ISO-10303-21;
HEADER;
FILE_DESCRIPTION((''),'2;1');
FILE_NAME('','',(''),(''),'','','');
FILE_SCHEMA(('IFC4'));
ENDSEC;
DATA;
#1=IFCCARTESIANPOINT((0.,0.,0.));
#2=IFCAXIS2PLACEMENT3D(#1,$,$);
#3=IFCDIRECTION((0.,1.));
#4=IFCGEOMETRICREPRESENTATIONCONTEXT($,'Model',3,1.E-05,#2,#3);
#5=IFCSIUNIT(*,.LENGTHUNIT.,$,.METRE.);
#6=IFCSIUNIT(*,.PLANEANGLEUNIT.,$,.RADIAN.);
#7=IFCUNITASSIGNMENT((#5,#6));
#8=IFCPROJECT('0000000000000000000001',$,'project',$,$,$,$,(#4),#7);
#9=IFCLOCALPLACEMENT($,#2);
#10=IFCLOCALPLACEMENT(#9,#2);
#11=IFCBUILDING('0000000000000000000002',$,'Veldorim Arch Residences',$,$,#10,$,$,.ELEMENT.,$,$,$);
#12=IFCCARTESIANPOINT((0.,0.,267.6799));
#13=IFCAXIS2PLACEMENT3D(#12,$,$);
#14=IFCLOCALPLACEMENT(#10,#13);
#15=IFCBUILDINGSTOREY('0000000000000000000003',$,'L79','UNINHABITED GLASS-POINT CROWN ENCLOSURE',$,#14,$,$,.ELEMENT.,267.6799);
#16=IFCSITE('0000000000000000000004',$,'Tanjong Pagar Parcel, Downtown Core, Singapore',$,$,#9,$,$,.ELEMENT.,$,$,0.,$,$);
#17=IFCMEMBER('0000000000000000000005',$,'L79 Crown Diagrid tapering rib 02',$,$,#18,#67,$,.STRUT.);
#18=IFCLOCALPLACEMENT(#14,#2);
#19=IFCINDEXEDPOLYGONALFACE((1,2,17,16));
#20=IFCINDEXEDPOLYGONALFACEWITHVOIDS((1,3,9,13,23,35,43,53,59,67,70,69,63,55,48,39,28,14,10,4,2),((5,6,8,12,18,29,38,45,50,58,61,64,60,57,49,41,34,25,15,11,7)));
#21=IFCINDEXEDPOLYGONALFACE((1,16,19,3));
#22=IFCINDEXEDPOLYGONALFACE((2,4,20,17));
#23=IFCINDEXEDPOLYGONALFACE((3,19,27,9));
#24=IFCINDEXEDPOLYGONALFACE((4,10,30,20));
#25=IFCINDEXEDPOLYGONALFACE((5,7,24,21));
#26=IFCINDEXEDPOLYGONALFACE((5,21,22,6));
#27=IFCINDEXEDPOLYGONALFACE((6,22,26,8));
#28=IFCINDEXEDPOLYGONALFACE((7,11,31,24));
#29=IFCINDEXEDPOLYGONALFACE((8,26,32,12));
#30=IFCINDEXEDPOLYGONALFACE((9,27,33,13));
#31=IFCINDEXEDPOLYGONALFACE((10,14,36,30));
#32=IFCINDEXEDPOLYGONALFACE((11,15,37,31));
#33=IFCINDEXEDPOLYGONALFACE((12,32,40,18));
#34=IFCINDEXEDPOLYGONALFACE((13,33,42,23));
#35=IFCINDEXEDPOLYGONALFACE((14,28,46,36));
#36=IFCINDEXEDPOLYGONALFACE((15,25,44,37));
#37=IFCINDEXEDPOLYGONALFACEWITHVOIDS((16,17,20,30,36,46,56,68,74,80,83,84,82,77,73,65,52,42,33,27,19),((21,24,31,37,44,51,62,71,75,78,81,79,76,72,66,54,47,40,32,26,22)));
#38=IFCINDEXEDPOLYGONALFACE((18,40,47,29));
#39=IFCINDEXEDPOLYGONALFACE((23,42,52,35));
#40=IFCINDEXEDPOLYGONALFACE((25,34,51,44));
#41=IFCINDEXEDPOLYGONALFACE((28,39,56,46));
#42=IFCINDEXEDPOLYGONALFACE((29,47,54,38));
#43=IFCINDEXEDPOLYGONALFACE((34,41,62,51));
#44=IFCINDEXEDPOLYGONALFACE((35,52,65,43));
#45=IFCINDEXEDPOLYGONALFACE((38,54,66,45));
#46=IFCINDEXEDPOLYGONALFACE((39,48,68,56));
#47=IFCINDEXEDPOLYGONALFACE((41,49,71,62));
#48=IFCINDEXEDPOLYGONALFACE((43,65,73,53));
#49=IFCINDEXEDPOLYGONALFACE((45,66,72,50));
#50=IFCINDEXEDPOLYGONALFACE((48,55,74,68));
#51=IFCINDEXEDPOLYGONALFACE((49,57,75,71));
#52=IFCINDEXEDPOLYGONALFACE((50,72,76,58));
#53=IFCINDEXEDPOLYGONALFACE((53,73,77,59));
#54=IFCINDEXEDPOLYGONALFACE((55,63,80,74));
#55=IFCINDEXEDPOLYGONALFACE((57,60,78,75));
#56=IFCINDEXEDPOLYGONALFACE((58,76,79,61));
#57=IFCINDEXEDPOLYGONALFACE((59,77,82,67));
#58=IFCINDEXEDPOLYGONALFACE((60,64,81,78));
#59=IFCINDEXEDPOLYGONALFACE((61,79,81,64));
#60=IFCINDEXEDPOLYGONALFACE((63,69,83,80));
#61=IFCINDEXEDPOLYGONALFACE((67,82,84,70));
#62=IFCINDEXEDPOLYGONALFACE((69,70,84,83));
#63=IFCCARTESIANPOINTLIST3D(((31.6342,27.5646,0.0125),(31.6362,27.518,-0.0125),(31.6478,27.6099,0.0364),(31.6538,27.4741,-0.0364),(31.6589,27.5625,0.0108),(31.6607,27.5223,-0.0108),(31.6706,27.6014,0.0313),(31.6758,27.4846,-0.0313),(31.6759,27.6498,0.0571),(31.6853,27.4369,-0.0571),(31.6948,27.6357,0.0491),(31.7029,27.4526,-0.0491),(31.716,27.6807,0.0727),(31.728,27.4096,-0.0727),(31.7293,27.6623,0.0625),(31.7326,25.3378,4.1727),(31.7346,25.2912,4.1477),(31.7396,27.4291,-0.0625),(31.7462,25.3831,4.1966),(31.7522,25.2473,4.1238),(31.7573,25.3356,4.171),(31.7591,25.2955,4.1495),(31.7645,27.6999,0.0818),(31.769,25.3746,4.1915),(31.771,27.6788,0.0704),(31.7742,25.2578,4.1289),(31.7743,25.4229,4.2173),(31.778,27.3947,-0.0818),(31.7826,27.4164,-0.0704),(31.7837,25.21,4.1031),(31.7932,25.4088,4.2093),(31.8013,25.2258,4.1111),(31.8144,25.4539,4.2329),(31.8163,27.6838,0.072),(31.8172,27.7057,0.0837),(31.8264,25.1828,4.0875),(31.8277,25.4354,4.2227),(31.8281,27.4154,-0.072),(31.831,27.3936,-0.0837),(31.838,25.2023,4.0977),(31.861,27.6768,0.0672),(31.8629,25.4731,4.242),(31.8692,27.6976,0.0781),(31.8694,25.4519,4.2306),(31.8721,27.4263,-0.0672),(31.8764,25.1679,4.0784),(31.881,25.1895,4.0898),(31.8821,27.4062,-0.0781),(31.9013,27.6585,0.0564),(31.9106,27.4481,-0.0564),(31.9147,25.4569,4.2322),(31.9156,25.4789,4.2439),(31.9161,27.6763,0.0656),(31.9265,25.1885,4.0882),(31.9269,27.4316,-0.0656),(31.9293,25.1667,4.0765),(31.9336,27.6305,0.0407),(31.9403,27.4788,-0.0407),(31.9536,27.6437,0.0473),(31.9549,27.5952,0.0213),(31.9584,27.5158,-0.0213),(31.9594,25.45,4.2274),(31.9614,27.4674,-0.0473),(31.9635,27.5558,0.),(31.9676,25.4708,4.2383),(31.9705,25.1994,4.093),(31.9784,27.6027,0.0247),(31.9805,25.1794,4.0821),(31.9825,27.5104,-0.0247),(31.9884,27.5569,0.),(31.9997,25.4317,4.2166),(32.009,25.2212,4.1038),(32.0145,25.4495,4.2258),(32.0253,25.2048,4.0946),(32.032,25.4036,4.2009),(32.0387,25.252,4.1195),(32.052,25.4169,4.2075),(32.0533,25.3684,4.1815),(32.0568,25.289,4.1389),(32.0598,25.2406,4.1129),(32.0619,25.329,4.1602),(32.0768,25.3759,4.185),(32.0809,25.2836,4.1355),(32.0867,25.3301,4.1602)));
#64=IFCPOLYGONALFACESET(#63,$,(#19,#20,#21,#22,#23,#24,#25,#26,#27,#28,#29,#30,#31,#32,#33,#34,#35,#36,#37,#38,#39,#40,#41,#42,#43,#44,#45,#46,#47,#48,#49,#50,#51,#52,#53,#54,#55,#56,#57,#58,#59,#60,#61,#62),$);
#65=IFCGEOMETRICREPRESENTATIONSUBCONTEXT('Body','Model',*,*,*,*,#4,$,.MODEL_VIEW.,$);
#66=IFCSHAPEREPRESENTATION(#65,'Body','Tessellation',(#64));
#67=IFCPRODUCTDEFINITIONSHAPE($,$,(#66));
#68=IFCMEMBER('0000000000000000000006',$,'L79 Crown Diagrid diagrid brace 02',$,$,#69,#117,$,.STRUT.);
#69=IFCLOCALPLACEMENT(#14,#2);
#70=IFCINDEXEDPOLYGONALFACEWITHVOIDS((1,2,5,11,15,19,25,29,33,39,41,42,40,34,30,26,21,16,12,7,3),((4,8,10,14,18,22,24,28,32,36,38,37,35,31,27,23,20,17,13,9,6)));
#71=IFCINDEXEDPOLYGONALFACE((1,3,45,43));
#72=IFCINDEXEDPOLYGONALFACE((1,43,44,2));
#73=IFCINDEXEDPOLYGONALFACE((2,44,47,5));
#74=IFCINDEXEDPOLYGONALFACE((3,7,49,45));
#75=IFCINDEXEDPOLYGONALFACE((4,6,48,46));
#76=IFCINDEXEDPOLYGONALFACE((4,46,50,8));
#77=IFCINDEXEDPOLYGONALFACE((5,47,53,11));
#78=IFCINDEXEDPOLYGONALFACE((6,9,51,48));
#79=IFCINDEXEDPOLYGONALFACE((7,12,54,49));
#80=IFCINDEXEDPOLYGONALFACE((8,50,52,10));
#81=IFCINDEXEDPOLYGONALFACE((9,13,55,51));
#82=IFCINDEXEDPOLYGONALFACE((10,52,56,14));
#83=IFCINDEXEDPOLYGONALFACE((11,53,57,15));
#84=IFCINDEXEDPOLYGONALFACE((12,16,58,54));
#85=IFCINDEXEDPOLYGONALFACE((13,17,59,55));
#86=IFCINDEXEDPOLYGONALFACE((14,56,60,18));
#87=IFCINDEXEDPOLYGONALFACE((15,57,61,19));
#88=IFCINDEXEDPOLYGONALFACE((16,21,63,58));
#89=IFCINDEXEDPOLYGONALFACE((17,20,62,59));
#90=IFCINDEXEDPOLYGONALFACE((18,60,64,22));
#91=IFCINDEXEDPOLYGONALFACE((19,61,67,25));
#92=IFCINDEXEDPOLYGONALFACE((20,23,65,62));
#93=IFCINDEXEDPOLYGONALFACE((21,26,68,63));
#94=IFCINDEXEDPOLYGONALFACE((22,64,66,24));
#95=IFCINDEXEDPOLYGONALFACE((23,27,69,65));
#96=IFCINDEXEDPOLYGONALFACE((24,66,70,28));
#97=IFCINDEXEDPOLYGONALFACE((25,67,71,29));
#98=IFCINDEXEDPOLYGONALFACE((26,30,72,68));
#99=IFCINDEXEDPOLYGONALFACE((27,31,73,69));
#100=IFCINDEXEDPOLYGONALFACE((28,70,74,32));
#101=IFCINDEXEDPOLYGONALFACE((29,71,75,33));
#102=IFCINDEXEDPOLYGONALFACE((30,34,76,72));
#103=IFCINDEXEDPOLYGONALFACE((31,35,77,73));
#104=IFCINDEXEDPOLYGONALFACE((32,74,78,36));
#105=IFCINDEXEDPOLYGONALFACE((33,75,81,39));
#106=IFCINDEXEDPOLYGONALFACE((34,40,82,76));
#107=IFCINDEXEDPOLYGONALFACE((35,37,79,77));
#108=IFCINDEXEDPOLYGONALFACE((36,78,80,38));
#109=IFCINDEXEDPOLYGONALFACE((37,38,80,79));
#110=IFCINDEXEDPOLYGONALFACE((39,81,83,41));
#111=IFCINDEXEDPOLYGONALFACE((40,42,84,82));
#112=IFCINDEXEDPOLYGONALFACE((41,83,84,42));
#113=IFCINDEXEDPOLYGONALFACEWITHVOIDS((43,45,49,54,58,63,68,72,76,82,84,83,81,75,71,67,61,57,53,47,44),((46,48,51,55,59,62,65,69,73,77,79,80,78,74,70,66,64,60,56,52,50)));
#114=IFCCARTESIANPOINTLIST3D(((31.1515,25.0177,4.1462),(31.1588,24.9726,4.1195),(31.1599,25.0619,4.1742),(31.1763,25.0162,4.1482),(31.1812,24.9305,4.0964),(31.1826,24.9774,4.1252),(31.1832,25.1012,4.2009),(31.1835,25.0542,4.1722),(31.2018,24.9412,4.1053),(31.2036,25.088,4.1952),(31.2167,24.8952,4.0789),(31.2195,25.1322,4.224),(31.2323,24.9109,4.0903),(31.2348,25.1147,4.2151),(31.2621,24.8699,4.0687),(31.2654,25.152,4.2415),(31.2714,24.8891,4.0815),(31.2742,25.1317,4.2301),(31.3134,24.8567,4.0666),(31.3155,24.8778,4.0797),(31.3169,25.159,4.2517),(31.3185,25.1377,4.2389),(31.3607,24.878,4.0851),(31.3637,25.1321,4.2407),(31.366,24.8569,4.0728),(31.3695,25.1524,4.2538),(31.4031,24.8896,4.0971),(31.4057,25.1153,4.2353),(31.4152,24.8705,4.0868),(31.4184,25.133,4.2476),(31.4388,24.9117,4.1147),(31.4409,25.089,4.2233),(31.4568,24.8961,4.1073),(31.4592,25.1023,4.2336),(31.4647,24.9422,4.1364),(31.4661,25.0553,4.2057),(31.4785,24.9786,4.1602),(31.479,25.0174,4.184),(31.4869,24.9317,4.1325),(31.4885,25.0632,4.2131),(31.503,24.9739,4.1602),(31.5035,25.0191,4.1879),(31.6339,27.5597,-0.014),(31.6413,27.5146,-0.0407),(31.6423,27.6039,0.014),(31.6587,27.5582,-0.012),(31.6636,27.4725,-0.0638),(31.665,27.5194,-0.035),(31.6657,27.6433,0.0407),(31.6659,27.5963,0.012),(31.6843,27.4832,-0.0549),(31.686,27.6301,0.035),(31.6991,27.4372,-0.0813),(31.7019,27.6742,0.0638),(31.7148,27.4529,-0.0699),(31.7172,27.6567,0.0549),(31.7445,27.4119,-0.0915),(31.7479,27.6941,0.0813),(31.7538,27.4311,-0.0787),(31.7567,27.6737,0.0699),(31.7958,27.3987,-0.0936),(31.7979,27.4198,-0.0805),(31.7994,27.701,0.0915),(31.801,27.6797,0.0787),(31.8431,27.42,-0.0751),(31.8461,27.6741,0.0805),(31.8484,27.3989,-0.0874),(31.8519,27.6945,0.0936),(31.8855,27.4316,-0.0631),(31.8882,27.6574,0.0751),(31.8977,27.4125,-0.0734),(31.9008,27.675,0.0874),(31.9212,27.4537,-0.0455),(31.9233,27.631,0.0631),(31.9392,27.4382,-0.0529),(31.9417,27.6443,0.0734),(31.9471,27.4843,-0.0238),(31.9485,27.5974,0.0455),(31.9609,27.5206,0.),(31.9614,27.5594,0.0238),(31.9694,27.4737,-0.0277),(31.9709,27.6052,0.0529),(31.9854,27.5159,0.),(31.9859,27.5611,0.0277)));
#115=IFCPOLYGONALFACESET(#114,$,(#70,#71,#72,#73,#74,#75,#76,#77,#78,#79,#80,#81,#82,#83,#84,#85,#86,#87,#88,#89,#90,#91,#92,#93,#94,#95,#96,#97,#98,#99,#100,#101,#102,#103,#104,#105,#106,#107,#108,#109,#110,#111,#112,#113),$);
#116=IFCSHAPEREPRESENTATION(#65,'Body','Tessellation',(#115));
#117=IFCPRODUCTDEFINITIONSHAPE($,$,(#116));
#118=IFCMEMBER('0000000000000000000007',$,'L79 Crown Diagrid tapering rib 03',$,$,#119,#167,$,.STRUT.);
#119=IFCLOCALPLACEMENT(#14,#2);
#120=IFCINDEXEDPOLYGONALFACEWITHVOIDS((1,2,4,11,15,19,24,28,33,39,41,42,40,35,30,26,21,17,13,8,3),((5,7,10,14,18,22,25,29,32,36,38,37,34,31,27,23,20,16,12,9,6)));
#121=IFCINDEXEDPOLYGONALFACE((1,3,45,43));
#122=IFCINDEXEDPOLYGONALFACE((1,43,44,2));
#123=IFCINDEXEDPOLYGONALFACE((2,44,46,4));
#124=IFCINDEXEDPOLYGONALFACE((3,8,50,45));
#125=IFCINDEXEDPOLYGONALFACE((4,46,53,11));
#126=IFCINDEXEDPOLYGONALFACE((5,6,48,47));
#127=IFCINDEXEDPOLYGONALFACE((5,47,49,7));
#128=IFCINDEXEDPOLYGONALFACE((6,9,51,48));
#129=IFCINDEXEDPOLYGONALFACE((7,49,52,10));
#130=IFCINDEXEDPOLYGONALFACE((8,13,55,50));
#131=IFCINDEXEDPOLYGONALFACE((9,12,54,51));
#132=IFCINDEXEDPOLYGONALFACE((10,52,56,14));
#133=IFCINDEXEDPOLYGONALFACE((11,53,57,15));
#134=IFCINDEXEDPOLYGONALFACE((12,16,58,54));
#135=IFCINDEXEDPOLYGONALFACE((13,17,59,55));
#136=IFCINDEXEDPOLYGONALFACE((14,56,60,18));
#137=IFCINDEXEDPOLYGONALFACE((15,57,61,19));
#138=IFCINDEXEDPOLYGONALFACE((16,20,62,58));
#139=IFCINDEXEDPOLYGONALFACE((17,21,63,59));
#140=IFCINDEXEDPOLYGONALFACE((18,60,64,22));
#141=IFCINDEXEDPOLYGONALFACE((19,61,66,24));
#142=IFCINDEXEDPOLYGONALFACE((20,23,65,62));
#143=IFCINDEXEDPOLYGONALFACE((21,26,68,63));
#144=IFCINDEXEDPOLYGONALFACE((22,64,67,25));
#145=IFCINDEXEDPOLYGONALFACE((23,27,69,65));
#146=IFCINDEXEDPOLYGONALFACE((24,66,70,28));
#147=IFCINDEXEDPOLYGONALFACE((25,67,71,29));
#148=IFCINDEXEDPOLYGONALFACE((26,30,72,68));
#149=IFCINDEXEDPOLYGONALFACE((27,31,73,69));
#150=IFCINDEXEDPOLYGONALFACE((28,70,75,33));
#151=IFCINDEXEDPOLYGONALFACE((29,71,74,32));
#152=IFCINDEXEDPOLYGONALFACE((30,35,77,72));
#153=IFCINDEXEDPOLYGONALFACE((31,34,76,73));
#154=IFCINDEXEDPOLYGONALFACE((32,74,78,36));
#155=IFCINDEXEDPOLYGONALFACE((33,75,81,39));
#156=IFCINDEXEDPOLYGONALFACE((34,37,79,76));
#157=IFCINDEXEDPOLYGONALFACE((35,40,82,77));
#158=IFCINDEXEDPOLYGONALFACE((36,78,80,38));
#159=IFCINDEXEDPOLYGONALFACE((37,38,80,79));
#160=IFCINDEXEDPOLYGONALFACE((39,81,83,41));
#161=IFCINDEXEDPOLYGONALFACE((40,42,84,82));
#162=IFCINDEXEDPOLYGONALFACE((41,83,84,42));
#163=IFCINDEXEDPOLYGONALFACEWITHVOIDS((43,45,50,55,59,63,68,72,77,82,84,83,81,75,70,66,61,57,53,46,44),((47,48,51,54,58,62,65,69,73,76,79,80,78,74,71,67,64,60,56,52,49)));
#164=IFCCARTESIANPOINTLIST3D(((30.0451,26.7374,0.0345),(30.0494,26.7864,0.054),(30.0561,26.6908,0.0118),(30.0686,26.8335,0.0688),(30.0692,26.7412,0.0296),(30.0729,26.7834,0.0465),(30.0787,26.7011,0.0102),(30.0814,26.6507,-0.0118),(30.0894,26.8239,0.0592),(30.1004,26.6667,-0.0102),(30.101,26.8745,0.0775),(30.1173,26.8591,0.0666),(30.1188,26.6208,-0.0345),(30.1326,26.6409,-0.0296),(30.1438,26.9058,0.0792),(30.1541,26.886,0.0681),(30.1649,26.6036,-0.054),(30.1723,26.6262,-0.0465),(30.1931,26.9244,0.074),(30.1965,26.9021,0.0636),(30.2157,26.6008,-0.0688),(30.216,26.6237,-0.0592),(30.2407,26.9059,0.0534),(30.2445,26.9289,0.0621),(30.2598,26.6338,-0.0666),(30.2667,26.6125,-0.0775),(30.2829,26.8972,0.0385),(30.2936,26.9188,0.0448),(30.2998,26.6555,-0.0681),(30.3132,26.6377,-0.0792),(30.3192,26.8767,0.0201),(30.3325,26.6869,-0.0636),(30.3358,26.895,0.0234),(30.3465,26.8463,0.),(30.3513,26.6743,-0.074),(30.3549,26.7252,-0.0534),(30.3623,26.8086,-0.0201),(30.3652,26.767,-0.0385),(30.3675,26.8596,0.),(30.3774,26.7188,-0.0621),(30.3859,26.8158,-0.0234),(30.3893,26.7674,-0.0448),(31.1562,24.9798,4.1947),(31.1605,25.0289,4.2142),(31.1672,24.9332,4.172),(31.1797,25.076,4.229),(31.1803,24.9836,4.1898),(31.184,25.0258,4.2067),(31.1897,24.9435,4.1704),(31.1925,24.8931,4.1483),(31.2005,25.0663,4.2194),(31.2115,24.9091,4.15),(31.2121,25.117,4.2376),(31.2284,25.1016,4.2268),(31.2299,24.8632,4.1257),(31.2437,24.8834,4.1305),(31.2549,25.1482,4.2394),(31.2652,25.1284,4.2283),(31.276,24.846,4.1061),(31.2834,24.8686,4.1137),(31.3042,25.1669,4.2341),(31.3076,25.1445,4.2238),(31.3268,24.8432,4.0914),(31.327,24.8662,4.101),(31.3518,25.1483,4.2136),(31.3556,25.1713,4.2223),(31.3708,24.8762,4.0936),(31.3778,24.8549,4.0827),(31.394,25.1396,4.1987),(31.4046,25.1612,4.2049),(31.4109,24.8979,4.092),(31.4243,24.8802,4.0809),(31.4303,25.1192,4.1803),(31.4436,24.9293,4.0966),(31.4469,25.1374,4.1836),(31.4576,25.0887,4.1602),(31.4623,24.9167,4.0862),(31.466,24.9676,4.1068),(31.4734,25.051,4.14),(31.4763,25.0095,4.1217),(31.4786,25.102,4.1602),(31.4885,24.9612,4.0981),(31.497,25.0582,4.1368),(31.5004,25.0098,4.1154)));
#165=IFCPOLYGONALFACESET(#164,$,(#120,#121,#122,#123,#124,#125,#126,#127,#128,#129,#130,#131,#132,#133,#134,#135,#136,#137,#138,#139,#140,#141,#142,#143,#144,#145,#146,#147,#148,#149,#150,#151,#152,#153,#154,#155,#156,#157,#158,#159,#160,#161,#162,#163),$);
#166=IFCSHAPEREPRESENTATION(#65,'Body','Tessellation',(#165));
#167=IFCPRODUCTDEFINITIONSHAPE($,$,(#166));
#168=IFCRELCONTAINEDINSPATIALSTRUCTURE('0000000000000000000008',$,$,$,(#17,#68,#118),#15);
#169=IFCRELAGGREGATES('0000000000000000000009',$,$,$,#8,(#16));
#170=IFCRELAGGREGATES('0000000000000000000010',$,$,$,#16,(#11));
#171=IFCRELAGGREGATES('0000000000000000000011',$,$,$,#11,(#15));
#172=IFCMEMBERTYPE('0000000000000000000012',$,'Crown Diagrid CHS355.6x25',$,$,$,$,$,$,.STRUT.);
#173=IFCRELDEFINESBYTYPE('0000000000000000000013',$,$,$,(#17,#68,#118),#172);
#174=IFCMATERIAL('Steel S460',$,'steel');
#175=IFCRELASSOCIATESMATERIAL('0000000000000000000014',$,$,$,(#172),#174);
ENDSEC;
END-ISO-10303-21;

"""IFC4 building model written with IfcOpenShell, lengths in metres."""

from ifc_helpers import new_model, si_unit, direction, frame, origin, origin_2d, place, context, subcontext, project, spatial, hollow_circle, extrude, material, material_profile, profile_set, type_object, element, save


model = new_model("IFC4")

# Units and contexts
model_context = context("Model", 3, precision=1e-05, world=origin(), true_north=direction((0.0, 1.0)))
body_context = subcontext(model_context, "Body", "Model", "MODEL_VIEW")
ifc_project = project(units=[si_unit("LENGTHUNIT", "METRE"), si_unit("PLANEANGLEUNIT", "RADIAN")], contexts=[model_context])

# Site, building, storey
site_placement = place(None, origin())
site = spatial("IfcSite", under=ifc_project, at=site_placement, Name="Tanjong Pagar Parcel, Downtown Core, Singapore", CompositionType="ELEMENT", RefElevation=0.0)
building_placement = place(site_placement, origin())
building = spatial("IfcBuilding", under=site, at=building_placement, Name="Veldorim Arch Residences", CompositionType="ELEMENT")
storey_placement = place(building_placement, frame((0.0, 0.0, 267.6799)))
storey = spatial("IfcBuildingStorey", under=building, at=storey_placement, Name="L79", Description="UNINHABITED GLASS-POINT CROWN ENCLOSURE", CompositionType="ELEMENT", Elevation=267.6799)

# Members
ifc_material_1 = material(Name="Steel S460", Category="steel")
ifc_material_profile_1 = material_profile(ifc_material_1, hollow_circle(Radius=0.1777, WallThickness=0.0249, at=origin_2d()), Name="CHS355.6x25")
ifc_profile_set_1 = profile_set([ifc_material_profile_1], Name="Steel S460")
member_type_1 = type_object("IfcMemberType", Name="Crown Diagrid CHS355.6x25", PredefinedType="STRUT", material=ifc_profile_set_1)
member_1_placement = place(storey_placement, frame((31.8108, 27.5491, 0.0), z_axis=(0.020847, -0.471814, 0.881451), x_axis=(0.999025, 0.044141, 0.0)))
element("IfcMember", 1, at=member_1_placement, inside=storey, type_object=member_type_1, Name="L79 Crown Diagrid tapering rib 02", PredefinedType="STRUT", context=body_context, shape_type="SweptSolid", body=[
    extrude(hollow_circle(Radius=0.1777, WallThickness=0.0249, at=origin_2d()), origin(), (0.0, 0.0, 1.0), 4.7197),
])
member_2_placement = place(storey_placement, frame((31.8108, 27.5491, 0.0), z_axis=(-0.098471, -0.518867, 0.849164), x_axis=(0.982464, -0.186453, 0.0)))
element("IfcMember", 2, at=member_2_placement, inside=storey, type_object=member_type_1, Name="L79 Crown Diagrid diagrid brace 02", PredefinedType="STRUT", context=body_context, shape_type="SweptSolid", body=[
    extrude(hollow_circle(Radius=0.1777, WallThickness=0.0249, at=origin_2d()), origin(), (0.0, 0.0, 1.0), 4.8992),
])
member_3_placement = place(storey_placement, frame((30.2173, 26.7646, 0.0), z_axis=(0.238899, -0.377902, 0.894493), x_axis=(0.845263, 0.534351, 0.0)))
element("IfcMember", 3, at=member_3_placement, inside=storey, type_object=member_type_1, Name="L79 Crown Diagrid tapering rib 03", PredefinedType="STRUT", context=body_context, shape_type="SweptSolid", body=[
    extrude(hollow_circle(Radius=0.1777, WallThickness=0.0249, at=origin_2d()), origin(), (0.0, 0.0, 1.0), 4.6509),
])

save(model, "model.ifc")
